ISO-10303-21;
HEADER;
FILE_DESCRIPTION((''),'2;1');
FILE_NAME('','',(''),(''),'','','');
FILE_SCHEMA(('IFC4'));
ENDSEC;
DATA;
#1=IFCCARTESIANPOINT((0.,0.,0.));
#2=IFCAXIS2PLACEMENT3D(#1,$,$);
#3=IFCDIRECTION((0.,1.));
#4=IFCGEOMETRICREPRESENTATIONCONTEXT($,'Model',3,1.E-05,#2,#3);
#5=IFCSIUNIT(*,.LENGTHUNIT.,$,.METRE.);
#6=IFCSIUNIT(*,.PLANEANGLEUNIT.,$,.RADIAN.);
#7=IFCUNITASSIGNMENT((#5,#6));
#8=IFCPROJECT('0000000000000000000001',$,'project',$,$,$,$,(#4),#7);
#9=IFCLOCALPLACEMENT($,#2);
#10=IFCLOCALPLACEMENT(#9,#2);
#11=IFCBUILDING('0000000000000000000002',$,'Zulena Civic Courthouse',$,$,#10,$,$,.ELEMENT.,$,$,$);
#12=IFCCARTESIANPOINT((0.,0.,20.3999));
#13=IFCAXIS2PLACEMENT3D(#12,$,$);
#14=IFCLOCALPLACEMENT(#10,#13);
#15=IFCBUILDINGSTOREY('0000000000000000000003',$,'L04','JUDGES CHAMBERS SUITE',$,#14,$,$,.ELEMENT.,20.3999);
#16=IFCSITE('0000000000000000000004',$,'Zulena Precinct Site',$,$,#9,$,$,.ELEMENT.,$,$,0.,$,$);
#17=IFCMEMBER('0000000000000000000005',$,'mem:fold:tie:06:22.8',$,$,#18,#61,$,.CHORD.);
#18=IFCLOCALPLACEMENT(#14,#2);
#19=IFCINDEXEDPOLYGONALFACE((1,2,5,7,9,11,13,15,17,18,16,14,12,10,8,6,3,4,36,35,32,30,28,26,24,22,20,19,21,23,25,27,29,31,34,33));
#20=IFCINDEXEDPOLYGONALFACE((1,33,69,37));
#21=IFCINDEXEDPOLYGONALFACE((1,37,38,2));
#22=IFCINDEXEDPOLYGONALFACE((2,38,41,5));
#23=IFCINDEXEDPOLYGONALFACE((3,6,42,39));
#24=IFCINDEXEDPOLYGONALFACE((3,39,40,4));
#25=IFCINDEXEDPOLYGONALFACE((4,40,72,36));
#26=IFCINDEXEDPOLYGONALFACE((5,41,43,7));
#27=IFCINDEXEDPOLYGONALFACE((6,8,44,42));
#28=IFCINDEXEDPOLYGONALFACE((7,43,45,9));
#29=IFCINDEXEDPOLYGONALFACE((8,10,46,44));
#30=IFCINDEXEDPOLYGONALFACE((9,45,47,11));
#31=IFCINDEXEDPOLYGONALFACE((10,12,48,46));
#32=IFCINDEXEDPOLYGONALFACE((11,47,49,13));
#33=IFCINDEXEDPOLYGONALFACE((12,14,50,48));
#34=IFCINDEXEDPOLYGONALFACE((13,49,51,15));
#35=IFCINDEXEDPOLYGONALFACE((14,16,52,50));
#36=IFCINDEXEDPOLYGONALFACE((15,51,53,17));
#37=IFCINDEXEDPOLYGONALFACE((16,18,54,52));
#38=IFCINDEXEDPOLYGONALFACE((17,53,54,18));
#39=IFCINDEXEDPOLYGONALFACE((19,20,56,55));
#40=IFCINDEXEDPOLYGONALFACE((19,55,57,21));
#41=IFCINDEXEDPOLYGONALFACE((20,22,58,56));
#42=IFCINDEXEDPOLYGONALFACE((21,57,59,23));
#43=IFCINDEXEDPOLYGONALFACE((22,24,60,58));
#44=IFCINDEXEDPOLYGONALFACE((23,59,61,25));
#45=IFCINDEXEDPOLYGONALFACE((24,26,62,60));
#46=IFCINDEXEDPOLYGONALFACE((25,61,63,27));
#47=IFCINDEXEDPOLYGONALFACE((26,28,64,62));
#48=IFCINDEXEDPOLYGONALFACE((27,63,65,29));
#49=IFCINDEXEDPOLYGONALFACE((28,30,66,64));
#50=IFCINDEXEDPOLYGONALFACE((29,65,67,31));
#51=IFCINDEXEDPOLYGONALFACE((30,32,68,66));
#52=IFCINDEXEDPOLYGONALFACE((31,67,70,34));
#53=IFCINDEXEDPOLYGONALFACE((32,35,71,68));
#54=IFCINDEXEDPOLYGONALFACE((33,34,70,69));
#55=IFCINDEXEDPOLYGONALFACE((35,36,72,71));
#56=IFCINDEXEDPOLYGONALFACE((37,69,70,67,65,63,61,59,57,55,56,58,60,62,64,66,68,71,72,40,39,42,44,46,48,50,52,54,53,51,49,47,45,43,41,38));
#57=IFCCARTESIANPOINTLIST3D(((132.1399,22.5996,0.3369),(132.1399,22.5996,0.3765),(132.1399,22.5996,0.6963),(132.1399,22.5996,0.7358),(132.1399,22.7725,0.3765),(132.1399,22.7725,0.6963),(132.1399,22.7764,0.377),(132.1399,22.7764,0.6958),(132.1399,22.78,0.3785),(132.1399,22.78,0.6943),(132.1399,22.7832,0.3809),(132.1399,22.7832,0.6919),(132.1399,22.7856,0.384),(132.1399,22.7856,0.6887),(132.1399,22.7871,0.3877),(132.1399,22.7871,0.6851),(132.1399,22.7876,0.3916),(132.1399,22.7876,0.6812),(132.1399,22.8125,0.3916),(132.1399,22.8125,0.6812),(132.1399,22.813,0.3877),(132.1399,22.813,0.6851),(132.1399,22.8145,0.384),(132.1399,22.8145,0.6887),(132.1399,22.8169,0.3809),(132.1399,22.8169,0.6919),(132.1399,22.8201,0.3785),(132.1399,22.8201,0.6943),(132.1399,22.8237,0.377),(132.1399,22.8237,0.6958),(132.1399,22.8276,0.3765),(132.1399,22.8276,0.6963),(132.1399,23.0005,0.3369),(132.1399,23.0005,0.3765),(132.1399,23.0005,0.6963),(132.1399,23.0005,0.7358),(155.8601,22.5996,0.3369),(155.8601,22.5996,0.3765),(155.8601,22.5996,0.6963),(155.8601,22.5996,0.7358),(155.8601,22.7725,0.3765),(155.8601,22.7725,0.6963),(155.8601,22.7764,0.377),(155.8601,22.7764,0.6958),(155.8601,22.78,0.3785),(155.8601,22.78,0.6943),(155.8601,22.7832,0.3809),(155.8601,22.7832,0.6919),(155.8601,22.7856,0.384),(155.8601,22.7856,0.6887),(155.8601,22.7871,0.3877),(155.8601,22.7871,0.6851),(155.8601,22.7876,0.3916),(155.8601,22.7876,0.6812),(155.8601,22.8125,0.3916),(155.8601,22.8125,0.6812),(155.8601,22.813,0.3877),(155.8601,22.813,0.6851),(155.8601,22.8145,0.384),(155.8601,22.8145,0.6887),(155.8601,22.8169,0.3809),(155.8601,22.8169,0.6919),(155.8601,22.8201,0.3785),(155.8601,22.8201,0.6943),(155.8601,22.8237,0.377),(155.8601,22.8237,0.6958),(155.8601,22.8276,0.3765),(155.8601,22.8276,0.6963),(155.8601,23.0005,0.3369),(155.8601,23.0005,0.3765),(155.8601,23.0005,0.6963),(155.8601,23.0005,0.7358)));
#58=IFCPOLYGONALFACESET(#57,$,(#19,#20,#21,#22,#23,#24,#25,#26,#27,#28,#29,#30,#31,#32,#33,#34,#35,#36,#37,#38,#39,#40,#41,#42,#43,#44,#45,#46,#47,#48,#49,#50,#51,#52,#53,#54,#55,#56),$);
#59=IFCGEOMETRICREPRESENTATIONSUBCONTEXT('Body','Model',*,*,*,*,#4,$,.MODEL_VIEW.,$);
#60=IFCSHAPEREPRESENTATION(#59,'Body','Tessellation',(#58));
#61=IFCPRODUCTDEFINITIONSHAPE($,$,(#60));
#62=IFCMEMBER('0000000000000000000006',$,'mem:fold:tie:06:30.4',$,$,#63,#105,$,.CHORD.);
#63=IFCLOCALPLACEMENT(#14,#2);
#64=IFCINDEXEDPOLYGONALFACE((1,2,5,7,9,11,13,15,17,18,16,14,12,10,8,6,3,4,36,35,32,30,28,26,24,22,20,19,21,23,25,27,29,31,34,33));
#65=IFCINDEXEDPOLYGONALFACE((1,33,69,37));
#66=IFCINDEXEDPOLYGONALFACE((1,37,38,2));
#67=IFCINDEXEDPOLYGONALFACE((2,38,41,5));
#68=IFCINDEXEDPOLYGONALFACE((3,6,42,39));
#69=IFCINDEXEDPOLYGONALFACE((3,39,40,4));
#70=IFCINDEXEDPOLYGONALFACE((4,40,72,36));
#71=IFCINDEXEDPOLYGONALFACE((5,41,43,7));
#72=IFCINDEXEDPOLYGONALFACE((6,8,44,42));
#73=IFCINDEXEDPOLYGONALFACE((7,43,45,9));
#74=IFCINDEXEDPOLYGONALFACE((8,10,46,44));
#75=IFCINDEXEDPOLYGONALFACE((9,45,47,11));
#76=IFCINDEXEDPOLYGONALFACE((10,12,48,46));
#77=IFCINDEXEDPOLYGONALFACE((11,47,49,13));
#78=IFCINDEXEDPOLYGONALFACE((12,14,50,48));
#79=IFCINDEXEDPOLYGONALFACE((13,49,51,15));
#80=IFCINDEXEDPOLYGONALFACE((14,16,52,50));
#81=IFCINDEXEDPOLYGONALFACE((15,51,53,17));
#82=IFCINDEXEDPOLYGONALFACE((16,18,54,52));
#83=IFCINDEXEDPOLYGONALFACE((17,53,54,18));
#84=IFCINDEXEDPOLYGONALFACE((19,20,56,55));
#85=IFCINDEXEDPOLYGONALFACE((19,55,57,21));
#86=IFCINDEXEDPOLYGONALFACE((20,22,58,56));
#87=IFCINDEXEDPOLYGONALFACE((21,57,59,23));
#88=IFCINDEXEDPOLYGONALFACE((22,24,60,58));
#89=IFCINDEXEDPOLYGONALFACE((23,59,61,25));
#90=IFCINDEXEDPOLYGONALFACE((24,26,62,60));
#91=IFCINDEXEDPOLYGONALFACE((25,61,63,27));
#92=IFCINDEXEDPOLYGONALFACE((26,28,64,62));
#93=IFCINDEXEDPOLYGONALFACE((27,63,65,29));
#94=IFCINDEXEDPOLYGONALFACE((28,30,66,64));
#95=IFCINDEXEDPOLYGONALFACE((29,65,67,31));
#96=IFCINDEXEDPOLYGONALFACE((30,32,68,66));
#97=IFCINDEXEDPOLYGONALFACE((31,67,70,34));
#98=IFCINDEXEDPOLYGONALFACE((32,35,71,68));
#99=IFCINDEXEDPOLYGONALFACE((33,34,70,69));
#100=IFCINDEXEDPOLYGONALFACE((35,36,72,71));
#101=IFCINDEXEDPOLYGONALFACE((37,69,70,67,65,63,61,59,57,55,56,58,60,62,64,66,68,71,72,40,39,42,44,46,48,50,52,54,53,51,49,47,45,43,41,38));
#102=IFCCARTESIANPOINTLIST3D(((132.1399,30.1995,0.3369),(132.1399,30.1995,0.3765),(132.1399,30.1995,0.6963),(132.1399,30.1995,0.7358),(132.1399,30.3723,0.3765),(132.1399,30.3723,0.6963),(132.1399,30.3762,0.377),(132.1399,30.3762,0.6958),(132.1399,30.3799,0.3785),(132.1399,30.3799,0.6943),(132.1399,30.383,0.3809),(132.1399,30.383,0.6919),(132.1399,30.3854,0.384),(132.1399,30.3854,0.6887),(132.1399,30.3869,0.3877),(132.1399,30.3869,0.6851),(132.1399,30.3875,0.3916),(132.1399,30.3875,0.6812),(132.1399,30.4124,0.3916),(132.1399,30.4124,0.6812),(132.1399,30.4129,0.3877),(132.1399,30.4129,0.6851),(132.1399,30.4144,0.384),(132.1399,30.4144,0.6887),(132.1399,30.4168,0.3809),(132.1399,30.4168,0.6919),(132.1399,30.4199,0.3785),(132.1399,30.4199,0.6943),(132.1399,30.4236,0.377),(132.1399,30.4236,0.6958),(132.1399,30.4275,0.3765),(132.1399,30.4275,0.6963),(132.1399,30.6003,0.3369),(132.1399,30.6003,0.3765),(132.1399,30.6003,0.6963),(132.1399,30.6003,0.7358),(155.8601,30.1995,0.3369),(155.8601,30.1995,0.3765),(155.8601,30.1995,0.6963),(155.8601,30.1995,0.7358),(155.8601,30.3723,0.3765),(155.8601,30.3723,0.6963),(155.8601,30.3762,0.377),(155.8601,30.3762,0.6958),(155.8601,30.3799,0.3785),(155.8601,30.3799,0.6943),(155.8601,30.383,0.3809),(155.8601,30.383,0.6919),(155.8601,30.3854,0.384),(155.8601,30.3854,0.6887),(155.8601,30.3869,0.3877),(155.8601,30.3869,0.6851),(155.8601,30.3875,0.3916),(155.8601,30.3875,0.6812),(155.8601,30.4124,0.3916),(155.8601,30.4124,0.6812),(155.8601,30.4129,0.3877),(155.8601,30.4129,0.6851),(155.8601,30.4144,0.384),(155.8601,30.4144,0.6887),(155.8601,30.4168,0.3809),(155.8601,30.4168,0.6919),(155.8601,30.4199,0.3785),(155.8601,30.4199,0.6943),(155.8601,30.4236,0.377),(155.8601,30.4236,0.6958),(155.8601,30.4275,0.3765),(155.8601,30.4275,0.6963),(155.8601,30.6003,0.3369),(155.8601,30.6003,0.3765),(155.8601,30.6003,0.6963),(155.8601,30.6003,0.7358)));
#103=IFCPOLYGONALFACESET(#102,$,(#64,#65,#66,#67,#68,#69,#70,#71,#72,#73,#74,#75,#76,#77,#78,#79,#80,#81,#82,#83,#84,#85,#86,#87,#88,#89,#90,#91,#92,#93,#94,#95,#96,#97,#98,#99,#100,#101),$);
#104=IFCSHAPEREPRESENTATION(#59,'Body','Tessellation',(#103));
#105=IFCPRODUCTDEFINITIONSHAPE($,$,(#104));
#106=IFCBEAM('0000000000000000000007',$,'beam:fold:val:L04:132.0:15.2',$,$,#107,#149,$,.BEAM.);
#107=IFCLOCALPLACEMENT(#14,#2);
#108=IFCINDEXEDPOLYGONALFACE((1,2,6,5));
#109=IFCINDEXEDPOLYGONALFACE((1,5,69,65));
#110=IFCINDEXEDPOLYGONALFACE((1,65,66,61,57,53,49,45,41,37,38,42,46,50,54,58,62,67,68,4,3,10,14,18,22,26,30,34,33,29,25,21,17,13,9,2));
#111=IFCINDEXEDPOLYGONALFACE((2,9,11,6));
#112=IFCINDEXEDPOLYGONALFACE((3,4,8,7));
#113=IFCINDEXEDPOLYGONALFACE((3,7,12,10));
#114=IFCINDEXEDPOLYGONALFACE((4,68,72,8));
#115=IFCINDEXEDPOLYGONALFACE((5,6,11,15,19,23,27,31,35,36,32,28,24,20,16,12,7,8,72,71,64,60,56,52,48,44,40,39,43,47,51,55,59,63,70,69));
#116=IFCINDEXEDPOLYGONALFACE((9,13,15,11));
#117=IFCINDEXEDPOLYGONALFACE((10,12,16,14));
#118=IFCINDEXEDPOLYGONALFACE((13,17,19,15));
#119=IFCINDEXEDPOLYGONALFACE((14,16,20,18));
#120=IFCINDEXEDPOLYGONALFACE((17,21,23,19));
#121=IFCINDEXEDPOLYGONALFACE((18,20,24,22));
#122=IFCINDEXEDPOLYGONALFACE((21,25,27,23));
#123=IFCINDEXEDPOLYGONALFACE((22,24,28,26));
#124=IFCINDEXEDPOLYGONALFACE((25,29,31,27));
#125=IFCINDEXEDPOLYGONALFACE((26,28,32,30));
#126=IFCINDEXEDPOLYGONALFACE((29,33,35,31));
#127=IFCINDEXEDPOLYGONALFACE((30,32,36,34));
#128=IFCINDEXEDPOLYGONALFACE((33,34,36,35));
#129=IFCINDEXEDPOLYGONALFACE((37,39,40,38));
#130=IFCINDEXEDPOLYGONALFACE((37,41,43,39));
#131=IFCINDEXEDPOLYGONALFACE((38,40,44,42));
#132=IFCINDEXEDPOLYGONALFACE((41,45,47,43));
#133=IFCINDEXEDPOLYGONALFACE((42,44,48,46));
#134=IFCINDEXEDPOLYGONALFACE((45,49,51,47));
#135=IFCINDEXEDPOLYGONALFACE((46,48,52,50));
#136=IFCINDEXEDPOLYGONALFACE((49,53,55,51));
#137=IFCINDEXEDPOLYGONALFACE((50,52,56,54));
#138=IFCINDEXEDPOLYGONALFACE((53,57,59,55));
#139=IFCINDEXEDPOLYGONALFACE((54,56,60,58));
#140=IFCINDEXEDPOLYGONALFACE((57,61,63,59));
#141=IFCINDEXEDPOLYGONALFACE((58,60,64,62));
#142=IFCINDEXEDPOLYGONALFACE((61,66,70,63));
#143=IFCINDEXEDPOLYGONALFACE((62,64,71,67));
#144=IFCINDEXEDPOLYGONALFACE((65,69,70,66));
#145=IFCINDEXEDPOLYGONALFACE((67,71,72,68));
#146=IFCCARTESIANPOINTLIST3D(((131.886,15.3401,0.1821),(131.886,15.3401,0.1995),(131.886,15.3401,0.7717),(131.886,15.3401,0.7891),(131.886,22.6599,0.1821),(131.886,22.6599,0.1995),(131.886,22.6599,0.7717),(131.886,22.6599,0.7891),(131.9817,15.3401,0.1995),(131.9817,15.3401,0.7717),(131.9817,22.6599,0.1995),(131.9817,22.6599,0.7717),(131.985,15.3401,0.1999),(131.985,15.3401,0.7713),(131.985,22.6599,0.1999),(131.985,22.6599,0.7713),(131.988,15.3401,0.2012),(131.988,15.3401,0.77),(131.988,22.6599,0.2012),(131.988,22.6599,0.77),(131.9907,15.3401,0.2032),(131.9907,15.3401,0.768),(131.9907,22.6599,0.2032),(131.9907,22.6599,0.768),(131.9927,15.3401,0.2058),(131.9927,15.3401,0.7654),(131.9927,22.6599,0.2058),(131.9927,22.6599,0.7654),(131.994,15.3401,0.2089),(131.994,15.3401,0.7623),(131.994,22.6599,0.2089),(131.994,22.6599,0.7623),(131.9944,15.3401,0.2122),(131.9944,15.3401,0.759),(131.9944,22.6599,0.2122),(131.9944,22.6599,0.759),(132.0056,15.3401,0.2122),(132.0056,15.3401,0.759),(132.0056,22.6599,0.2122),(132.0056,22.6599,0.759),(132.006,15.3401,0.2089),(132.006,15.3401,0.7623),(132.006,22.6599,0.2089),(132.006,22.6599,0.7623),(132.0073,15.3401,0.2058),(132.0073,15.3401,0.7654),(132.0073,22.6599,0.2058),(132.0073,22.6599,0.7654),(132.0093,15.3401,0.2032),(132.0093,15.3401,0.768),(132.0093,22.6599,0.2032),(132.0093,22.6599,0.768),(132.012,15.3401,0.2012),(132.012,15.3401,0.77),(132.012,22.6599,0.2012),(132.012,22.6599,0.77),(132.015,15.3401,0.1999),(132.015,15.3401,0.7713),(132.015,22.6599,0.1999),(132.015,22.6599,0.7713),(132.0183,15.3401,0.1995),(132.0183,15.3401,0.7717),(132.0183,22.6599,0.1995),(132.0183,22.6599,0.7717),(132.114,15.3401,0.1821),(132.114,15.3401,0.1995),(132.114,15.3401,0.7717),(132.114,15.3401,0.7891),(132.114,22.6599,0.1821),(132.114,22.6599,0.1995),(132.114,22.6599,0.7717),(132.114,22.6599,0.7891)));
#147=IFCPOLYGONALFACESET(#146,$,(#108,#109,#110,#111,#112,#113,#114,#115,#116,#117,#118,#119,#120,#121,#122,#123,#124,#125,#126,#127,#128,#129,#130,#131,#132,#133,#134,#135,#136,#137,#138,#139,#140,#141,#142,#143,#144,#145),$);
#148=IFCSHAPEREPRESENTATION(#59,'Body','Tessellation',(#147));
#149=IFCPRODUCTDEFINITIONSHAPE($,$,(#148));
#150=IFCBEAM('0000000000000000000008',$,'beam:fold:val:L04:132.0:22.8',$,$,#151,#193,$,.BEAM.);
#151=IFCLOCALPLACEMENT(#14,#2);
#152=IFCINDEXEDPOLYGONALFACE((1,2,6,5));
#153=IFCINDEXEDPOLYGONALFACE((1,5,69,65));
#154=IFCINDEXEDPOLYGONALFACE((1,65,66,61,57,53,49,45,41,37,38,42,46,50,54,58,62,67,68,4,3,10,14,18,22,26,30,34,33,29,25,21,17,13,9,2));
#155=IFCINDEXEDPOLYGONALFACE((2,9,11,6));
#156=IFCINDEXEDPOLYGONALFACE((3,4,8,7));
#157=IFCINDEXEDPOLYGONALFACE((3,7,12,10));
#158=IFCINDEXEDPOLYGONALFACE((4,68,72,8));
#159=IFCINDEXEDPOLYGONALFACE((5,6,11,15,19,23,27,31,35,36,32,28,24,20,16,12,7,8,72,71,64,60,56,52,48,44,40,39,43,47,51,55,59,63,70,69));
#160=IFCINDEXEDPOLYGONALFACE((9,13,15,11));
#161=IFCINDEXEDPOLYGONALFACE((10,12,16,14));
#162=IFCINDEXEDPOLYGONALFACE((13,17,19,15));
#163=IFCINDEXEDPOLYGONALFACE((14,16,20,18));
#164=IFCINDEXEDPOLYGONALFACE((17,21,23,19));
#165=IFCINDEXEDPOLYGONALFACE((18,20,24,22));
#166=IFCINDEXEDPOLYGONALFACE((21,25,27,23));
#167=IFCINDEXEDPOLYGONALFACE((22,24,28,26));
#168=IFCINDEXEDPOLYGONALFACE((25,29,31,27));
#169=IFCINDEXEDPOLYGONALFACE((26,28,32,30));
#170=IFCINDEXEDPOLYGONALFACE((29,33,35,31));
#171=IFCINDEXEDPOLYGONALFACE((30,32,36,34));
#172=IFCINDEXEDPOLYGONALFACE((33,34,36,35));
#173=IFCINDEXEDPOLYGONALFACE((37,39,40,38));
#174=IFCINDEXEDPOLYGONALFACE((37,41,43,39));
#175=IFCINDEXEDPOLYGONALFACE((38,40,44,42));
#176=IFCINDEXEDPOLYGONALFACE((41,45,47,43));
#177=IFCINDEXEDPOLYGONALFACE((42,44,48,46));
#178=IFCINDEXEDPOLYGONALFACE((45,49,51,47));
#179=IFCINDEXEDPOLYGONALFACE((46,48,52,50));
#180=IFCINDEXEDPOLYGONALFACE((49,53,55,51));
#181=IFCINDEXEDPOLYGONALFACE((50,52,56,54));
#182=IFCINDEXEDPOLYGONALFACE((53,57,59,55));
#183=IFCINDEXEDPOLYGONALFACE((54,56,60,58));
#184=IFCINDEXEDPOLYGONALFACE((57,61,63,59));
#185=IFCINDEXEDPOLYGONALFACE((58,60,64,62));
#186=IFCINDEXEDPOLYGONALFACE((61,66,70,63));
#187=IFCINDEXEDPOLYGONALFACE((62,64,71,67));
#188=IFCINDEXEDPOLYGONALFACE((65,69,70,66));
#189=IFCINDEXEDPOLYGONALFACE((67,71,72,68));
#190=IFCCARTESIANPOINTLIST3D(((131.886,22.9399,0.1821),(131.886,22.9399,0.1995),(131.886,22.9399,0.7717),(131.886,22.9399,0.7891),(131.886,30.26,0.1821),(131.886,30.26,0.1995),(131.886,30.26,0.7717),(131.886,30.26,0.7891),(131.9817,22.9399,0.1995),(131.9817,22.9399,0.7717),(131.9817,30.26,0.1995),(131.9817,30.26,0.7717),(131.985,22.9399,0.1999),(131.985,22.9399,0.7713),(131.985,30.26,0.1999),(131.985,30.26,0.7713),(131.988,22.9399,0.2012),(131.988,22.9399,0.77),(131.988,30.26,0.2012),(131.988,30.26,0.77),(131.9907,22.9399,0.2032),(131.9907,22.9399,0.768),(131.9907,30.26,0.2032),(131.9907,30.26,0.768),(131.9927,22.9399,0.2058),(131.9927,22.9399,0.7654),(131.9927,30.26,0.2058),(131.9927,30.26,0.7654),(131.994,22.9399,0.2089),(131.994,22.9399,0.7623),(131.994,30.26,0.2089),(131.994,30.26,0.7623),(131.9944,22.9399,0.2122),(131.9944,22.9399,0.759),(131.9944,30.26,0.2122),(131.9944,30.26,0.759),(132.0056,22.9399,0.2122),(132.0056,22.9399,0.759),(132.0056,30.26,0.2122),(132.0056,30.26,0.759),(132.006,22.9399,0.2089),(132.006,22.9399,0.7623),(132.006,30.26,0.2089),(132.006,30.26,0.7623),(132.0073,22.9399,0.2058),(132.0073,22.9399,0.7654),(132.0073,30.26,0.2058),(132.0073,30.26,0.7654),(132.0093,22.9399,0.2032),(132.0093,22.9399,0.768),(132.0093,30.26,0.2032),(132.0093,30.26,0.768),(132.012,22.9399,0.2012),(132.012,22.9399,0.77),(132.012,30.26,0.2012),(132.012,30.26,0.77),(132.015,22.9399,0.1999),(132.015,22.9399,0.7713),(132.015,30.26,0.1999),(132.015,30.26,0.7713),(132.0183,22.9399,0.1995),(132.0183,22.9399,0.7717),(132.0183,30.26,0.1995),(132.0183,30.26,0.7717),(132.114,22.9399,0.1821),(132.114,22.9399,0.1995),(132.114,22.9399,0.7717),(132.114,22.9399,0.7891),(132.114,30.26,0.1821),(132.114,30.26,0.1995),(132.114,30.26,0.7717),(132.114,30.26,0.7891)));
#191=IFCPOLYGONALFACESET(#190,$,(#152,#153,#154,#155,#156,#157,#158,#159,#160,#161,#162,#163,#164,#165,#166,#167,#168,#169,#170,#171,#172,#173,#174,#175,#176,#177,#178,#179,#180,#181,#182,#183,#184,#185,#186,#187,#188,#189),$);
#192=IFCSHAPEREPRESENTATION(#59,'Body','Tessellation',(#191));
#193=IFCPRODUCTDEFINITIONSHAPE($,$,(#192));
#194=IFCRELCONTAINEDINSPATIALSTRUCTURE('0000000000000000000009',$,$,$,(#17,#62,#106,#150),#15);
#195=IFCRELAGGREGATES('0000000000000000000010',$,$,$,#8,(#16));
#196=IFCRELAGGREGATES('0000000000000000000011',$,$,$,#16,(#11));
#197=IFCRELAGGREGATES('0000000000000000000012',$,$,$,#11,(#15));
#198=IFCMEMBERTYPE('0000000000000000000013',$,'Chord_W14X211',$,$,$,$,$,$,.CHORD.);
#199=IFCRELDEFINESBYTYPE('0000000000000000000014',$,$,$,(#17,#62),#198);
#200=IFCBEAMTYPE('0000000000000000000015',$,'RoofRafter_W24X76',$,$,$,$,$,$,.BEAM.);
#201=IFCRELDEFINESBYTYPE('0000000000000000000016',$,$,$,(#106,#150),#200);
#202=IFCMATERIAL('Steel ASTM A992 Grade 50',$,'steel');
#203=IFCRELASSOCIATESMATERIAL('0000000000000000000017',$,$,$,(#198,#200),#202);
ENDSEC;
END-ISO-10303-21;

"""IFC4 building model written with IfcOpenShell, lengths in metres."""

from ifc_helpers import new_model, si_unit, direction, frame, origin, origin_2d, place, context, subcontext, project, spatial, i_section, extrude, material, material_profile, profile_set, type_object, element, save


model = new_model("IFC4")

# Units and contexts
model_context = context("Model", 3, precision=1e-05, world=origin(), true_north=direction((0.0, 1.0)))
body_context = subcontext(model_context, "Body", "Model", "MODEL_VIEW")
ifc_project = project(units=[si_unit("LENGTHUNIT", "METRE"), si_unit("PLANEANGLEUNIT", "RADIAN")], contexts=[model_context])

# Site, building, storey
site_placement = place(None, origin())
site = spatial("IfcSite", under=ifc_project, at=site_placement, Name="Zulena Precinct Site", CompositionType="ELEMENT", RefElevation=0.0)
building_placement = place(site_placement, origin())
building = spatial("IfcBuilding", under=site, at=building_placement, Name="Zulena Civic Courthouse", CompositionType="ELEMENT")
storey_placement = place(building_placement, frame((0.0, 0.0, 20.3999)))
storey = spatial("IfcBuildingStorey", under=building, at=storey_placement, Name="L04", Description="JUDGES CHAMBERS SUITE", CompositionType="ELEMENT", Elevation=20.3999)

# Shared definitions
ifc_material_1 = material(Name="Steel ASTM A992 Grade 50", Category="steel")

# Members
ifc_material_profile_1 = material_profile(ifc_material_1, i_section(OverallWidth=0.4009, OverallDepth=0.3989, WebThickness=0.0249, FlangeThickness=0.0396, FilletRadius=0.0151, at=origin_2d()), Name="W14X211")
ifc_profile_set_1 = profile_set([ifc_material_profile_1], Name="Steel ASTM A992 Grade 50")
member_type_1 = type_object("IfcMemberType", Name="Chord_W14X211", PredefinedType="CHORD", material=ifc_profile_set_1)
for number, where, z_axis, x_axis, name in (
    (1, (132.1399, 22.8, 0.5364), (1.0, 0.0, 0.0), (0.0, 1.0, 0.0), "mem:fold:tie:06:22.8"),
    (2, (132.1399, 30.3999, 0.5364), (1.0, 0.0, 0.0), (0.0, 1.0, 0.0), "mem:fold:tie:06:30.4"),
):
    element("IfcMember", number, at=place(storey_placement, frame(where, z_axis=z_axis, x_axis=x_axis)), inside=storey, type_object=member_type_1, Name=name, PredefinedType="CHORD", context=body_context, shape_type="SweptSolid", body=[
        extrude(i_section(OverallWidth=0.4009, OverallDepth=0.3989, WebThickness=0.0249, FlangeThickness=0.0396, FilletRadius=0.0151, at=origin_2d()), origin(), (0.0, 0.0, 1.0), 23.7202),
    ])

# Beams
ifc_material_profile_2 = material_profile(ifc_material_1, i_section(OverallWidth=0.228, OverallDepth=0.6069, WebThickness=0.0112, FlangeThickness=0.0173, FilletRadius=0.0127, at=origin_2d()), Name="W24X76")
ifc_profile_set_2 = profile_set([ifc_material_profile_2], Name="Steel ASTM A992 Grade 50")
beam_type = type_object("IfcBeamType", Name="RoofRafter_W24X76", PredefinedType="BEAM", material=ifc_profile_set_2)
beam_1_placement = place(storey_placement, frame((132.0, 15.3401, 0.4856), z_axis=(0.0, 1.0, 0.0), x_axis=(-1.0, 0.0, 0.0)))
element("IfcBeam", 3, at=beam_1_placement, inside=storey, type_object=beam_type, Name="beam:fold:val:L04:132.0:15.2", PredefinedType="BEAM", context=body_context, shape_type="SweptSolid", body=[
    extrude(i_section(OverallWidth=0.228, OverallDepth=0.6069, WebThickness=0.0112, FlangeThickness=0.0173, FilletRadius=0.0127, at=origin_2d()), origin(), (0.0, 0.0, 1.0), 7.3198),
])
beam_2_placement = place(storey_placement, frame((132.0, 22.9399, 0.4856), z_axis=(0.0, 1.0, 0.0), x_axis=(-1.0, 0.0, 0.0)))
element("IfcBeam", 4, at=beam_2_placement, inside=storey, type_object=beam_type, Name="beam:fold:val:L04:132.0:22.8", PredefinedType="BEAM", context=body_context, shape_type="SweptSolid", body=[
    extrude(i_section(OverallWidth=0.228, OverallDepth=0.6069, WebThickness=0.0112, FlangeThickness=0.0173, FilletRadius=0.0127, at=origin_2d()), origin(), (0.0, 0.0, 1.0), 7.3201),
])

save(model, "model.ifc")
